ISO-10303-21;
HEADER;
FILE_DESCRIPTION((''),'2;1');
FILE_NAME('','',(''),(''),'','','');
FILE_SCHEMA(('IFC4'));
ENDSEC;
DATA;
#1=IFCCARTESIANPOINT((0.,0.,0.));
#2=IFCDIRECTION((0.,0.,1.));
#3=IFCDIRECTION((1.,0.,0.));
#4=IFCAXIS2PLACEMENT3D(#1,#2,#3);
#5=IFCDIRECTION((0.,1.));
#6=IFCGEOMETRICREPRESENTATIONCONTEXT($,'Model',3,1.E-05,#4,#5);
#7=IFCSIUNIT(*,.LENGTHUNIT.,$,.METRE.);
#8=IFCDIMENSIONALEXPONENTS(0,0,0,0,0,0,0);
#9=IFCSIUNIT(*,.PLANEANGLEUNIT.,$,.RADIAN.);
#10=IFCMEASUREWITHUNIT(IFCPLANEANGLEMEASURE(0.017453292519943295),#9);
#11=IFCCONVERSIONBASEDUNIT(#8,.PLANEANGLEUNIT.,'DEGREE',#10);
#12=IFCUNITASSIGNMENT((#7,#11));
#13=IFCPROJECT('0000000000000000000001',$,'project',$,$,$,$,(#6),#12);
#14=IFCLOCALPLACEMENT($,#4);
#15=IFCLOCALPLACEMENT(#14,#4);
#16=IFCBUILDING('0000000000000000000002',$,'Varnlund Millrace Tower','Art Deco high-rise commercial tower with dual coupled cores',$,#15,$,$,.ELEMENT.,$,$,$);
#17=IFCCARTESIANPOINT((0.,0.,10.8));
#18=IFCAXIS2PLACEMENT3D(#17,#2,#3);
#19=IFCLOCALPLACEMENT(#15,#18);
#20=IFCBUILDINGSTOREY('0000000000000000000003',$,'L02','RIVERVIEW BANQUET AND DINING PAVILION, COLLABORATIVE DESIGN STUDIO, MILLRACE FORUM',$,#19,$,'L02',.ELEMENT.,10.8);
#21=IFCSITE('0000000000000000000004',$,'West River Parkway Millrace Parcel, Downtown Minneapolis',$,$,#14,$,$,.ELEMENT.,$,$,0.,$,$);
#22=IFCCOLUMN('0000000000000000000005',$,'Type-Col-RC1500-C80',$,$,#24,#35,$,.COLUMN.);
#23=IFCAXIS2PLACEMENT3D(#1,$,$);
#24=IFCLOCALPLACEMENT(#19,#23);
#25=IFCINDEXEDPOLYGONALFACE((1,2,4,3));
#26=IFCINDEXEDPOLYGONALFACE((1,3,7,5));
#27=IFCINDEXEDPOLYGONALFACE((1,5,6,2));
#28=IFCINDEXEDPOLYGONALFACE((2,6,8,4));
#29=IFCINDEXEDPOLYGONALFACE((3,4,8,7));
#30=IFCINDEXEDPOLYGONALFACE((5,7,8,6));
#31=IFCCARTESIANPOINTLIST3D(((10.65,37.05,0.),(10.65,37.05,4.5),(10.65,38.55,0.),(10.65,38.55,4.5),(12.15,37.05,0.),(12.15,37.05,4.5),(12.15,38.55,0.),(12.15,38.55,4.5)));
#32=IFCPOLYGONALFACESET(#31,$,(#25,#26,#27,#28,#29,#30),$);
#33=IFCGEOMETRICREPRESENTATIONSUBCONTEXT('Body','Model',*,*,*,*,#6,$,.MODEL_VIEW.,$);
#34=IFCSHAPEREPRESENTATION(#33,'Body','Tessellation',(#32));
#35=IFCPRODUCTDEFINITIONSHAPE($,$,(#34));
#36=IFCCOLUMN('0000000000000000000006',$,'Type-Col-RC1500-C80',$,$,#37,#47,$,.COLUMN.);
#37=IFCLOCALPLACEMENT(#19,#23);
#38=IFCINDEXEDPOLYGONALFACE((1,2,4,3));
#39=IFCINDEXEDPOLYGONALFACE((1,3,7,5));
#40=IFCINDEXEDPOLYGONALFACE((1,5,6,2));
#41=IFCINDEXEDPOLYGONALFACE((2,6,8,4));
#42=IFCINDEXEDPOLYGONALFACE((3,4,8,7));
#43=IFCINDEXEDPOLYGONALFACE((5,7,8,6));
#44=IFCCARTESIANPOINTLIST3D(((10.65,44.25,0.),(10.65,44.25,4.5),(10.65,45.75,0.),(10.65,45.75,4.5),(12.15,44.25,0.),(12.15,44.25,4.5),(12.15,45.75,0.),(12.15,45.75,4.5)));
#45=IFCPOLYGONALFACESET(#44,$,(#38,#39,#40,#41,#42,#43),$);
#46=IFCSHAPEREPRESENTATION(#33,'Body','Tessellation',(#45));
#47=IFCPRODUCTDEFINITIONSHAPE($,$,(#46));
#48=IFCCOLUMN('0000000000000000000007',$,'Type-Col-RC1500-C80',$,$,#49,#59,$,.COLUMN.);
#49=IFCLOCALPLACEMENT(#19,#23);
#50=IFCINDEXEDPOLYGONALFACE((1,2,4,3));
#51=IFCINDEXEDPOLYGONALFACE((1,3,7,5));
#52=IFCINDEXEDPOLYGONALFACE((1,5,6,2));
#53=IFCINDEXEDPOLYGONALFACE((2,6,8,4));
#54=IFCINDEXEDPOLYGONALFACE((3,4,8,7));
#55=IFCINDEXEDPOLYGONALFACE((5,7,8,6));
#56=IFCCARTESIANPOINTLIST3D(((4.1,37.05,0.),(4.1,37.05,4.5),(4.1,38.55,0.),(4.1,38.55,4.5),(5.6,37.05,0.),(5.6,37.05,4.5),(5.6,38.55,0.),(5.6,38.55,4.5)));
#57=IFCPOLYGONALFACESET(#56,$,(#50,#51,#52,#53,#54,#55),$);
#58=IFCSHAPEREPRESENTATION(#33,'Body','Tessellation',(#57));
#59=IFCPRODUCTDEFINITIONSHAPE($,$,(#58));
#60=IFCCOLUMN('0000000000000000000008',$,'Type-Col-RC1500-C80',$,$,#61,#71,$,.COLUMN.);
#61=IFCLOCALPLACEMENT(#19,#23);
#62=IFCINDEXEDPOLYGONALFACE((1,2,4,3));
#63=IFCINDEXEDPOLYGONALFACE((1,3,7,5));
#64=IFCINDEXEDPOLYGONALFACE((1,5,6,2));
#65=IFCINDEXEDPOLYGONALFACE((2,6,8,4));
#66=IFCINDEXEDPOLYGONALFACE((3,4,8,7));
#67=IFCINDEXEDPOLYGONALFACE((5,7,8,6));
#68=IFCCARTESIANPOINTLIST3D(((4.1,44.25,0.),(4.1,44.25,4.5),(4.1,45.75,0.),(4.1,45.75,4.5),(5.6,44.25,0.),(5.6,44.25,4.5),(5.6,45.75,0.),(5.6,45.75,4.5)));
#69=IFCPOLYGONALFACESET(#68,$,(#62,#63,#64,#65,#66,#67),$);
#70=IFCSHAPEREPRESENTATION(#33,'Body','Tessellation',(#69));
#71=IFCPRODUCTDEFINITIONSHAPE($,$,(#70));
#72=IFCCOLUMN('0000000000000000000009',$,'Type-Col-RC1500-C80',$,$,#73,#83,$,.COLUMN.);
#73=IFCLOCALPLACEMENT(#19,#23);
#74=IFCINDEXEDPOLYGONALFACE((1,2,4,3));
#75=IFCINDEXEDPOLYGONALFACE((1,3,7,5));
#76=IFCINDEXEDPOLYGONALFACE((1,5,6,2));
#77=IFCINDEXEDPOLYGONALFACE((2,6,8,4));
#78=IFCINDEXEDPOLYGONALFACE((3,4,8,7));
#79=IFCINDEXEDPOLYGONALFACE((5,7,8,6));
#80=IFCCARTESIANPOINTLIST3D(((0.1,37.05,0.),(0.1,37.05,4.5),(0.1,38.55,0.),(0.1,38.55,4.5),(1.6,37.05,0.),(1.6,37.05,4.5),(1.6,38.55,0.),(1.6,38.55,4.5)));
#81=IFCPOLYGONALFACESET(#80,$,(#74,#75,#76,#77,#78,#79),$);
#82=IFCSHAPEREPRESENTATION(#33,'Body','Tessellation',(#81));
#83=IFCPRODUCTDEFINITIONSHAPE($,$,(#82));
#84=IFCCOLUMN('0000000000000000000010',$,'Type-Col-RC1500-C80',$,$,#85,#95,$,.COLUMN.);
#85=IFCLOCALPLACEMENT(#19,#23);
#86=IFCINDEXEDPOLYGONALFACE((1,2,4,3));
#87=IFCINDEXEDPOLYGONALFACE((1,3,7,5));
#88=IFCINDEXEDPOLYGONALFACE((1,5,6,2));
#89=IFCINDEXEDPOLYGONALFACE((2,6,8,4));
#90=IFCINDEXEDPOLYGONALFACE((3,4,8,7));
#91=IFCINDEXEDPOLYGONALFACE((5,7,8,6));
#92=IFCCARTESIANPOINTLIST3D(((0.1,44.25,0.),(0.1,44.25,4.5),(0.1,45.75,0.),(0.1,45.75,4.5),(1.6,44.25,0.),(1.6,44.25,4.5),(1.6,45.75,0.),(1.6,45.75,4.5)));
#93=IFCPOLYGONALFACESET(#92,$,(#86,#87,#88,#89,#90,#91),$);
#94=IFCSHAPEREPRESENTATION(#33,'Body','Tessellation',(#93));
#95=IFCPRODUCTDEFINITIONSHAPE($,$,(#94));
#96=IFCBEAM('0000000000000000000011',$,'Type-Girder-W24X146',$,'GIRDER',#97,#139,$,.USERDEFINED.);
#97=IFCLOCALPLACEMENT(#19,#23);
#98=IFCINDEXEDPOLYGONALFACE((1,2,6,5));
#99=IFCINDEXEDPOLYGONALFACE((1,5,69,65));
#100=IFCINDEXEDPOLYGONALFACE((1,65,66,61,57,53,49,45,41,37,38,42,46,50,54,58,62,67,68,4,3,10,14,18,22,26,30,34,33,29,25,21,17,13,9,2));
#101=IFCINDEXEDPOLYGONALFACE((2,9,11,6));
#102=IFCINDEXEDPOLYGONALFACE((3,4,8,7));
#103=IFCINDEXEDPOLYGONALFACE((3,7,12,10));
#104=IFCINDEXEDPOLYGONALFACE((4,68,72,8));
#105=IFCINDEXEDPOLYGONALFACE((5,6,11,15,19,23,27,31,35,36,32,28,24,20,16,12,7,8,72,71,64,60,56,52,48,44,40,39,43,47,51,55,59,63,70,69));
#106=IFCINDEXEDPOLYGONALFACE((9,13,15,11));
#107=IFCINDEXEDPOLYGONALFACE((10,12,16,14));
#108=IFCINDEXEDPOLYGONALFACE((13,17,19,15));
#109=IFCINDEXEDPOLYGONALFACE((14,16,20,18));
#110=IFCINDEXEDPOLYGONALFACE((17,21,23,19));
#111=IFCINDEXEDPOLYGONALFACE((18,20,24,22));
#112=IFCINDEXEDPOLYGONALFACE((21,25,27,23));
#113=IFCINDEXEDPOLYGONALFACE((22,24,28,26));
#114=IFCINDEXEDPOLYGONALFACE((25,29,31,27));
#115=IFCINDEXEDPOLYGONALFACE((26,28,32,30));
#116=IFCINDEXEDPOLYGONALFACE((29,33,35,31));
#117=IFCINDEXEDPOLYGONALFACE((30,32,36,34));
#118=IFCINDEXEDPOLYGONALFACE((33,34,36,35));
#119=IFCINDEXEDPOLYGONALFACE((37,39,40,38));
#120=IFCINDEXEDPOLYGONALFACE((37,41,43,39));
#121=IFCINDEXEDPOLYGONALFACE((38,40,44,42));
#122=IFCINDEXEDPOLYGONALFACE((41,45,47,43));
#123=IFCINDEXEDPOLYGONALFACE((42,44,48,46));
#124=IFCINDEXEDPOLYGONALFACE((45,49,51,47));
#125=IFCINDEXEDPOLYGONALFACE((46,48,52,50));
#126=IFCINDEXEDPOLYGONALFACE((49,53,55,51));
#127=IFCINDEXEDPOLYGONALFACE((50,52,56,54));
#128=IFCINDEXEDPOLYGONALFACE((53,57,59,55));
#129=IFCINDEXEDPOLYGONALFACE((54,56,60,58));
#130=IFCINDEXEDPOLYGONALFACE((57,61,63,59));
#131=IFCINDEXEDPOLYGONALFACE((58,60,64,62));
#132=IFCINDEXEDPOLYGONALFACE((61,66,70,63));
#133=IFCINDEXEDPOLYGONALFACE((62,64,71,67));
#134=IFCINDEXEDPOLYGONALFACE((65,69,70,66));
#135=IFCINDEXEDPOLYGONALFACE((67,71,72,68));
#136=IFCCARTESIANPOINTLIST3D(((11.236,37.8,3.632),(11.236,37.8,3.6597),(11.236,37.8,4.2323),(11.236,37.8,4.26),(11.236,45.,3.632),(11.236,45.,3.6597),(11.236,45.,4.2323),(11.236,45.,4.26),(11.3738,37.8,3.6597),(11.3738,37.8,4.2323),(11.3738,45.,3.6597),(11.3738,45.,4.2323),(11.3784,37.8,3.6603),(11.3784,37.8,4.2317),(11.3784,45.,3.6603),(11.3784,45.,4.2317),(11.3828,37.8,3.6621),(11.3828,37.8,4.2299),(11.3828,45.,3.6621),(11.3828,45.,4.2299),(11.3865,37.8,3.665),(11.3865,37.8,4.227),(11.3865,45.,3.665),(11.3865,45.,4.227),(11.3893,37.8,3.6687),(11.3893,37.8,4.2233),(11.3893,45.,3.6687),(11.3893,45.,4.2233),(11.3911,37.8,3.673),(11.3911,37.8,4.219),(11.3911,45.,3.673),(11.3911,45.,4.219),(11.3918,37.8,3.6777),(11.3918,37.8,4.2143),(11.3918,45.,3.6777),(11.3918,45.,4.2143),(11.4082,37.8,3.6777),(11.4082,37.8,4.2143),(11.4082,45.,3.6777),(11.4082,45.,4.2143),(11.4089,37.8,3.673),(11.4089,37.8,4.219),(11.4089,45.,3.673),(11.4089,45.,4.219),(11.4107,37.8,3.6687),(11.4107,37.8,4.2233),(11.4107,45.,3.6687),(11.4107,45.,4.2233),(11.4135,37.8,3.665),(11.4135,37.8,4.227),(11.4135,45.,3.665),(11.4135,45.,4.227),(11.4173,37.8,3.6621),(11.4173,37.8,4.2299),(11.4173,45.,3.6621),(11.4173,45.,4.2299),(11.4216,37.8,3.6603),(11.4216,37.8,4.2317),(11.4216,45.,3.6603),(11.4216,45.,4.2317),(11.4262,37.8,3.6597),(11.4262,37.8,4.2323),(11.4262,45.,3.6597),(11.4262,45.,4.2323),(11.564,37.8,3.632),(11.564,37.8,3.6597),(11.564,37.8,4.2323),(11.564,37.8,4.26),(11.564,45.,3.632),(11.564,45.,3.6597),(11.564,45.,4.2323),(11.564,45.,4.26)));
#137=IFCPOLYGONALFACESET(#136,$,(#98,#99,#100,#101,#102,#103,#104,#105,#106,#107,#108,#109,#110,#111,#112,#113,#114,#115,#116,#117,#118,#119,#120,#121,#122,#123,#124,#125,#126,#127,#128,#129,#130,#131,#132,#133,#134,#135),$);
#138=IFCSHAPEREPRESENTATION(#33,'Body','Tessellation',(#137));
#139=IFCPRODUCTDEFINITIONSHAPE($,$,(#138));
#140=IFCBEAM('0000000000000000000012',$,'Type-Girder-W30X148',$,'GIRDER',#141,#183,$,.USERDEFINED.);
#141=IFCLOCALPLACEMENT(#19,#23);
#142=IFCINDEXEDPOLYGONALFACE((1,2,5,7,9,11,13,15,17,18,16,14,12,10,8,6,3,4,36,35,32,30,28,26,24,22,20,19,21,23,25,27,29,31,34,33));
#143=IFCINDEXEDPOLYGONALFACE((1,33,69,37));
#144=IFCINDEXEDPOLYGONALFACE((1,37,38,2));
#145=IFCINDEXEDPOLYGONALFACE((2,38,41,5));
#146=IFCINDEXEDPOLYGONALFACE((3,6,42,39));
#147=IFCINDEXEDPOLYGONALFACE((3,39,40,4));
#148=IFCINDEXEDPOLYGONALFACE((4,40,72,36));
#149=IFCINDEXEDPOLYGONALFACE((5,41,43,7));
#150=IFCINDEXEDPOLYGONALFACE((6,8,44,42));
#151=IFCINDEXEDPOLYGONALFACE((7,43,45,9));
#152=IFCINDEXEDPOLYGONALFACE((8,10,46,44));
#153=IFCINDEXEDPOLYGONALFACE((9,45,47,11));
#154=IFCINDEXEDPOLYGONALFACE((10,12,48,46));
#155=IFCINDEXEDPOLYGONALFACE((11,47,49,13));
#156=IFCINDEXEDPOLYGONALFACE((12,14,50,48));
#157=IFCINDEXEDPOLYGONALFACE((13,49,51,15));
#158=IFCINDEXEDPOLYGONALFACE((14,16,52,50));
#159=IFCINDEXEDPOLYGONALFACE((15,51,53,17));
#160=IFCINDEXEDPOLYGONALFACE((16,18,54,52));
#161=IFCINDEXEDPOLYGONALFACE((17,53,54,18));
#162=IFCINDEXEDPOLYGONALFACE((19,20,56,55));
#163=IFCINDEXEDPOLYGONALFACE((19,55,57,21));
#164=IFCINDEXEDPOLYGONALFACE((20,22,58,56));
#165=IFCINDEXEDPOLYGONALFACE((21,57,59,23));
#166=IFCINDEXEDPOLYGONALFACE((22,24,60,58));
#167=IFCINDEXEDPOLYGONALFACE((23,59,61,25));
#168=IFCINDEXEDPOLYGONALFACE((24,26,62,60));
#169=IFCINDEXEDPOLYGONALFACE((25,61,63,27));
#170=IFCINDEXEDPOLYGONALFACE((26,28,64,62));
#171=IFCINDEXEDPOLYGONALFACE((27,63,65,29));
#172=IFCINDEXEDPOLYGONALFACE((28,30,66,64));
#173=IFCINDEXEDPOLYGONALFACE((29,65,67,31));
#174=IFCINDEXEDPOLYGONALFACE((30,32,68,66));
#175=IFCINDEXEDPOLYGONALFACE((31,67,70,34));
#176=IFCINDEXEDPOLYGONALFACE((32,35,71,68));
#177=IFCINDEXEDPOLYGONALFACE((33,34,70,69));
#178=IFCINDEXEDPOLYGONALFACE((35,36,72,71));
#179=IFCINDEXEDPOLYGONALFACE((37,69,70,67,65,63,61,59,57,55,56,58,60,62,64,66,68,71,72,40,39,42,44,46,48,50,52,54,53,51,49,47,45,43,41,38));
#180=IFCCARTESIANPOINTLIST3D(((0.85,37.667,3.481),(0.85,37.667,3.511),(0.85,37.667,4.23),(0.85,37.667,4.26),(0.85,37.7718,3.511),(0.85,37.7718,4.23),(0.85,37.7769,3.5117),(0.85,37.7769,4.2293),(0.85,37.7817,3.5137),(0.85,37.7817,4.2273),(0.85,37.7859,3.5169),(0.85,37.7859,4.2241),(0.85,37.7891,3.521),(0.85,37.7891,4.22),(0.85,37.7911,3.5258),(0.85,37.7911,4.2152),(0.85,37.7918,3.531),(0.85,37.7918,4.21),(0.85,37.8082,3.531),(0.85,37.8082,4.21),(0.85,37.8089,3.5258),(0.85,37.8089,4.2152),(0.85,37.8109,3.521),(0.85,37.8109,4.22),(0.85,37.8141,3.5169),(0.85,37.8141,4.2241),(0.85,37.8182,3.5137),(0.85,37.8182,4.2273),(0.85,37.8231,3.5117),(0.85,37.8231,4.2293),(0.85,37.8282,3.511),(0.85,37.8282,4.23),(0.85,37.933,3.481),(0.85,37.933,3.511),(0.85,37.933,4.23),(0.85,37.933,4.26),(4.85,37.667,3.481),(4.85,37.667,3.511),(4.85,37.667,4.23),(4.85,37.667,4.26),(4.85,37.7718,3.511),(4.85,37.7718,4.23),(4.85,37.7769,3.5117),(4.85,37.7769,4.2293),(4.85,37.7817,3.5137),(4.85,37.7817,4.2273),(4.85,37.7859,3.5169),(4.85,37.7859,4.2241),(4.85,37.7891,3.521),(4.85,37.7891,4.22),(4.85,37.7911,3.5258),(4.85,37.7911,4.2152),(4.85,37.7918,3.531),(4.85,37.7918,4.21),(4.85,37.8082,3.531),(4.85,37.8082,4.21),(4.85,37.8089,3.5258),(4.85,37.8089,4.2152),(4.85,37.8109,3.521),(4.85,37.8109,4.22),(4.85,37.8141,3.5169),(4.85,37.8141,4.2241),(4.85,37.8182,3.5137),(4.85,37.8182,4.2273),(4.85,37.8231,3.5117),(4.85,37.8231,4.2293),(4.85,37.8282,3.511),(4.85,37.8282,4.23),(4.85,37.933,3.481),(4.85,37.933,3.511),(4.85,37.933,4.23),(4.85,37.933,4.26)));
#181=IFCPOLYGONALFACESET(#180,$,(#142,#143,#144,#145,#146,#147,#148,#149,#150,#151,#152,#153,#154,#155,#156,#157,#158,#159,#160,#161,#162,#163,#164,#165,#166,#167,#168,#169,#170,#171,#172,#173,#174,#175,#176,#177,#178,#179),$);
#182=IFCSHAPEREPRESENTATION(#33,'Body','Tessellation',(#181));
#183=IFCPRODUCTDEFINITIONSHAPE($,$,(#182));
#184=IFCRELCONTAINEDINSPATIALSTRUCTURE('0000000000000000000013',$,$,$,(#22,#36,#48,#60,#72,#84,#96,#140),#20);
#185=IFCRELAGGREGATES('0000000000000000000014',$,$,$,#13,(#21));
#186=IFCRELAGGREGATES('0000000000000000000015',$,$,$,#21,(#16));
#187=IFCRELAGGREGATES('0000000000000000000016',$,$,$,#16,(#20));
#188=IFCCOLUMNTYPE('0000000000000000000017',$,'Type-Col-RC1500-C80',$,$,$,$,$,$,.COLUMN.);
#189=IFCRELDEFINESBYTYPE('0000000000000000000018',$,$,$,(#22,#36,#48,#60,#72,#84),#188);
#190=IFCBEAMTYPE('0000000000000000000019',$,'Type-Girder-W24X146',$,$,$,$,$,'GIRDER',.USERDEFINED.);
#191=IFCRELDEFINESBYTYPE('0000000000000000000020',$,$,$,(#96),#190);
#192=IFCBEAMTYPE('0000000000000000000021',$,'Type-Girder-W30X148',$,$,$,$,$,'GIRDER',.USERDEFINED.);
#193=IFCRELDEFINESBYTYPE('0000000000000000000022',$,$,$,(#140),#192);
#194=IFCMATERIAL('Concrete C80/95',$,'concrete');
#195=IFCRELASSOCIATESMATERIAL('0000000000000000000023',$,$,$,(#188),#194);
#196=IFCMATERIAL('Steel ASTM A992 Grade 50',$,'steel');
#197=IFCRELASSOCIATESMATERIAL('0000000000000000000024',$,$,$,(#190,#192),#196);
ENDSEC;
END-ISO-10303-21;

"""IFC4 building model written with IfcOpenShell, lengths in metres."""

from ifc_helpers import new_model, entity, si_unit, converted_unit, direction, frame, origin_with_axes, origin_2d_with_axis, place, context, subcontext, project, spatial, rectangle, i_section, extrude, material, material_profile, profile_set, type_object, element, save


model = new_model("IFC4")

# Units and contexts
model_context = context("Model", 3, precision=1e-05, world=origin_with_axes(), true_north=direction((0.0, 1.0)))
body_context = subcontext(model_context, "Body", "Model", "MODEL_VIEW")
ifc_project = project(units=[si_unit("LENGTHUNIT", "METRE"), converted_unit("PLANEANGLEUNIT", "DEGREE", entity("IfcPlaneAngleMeasure", 0.017453292519943295), si_unit("PLANEANGLEUNIT", "RADIAN"), dimensions=[0, 0, 0, 0, 0, 0, 0])], contexts=[model_context])

# Site, building, storey
site_placement = place(None, origin_with_axes())
site = spatial("IfcSite", under=ifc_project, at=site_placement, Name="West River Parkway Millrace Parcel, Downtown Minneapolis", CompositionType="ELEMENT", RefElevation=0.0)
building_placement = place(site_placement, origin_with_axes())
building = spatial("IfcBuilding", under=site, at=building_placement, Name="Varnlund Millrace Tower", Description="Art Deco high-rise commercial tower with dual coupled cores", CompositionType="ELEMENT")
storey_placement = place(building_placement, frame((0.0, 0.0, 10.8), z_axis=(0.0, 0.0, 1.0), x_axis=(1.0, 0.0, 0.0)))
storey = spatial("IfcBuildingStorey", under=building, at=storey_placement, Name="L02", Description="RIVERVIEW BANQUET AND DINING PAVILION, COLLABORATIVE DESIGN STUDIO, MILLRACE FORUM", LongName="L02", CompositionType="ELEMENT", Elevation=10.8)

# Columns
ifc_material_1 = material(Name="Concrete C80/95", Category="concrete")
ifc_material_profile_1 = material_profile(ifc_material_1, rectangle(XDim=1.5, YDim=1.5, at=origin_2d_with_axis()), Name="Concrete C80/95")
ifc_profile_set_1 = profile_set([ifc_material_profile_1], Name="Concrete C80/95")
column_type = type_object("IfcColumnType", Name="Type-Col-RC1500-C80", PredefinedType="COLUMN", material=ifc_profile_set_1)
for number, where, z_axis, x_axis, name in (
    (1, (11.4, 37.8, 0.0), (0.0, 0.0, 1.0), (1.0, 0.0, 0.0), "Type-Col-RC1500-C80"),
    (2, (11.4, 45.0, 0.0), (0.0, 0.0, 1.0), (1.0, 0.0, 0.0), "Type-Col-RC1500-C80"),
    (3, (4.85, 37.8, 0.0), (0.0, 0.0, 1.0), (1.0, 0.0, 0.0), "Type-Col-RC1500-C80"),
    (4, (4.85, 45.0, 0.0), (0.0, 0.0, 1.0), (1.0, 0.0, 0.0), "Type-Col-RC1500-C80"),
    (5, (0.85, 37.8, 0.0), (0.0, 0.0, 1.0), (1.0, 0.0, 0.0), "Type-Col-RC1500-C80"),
    (6, (0.85, 45.0, 0.0), (0.0, 0.0, 1.0), (1.0, 0.0, 0.0), "Type-Col-RC1500-C80"),
):
    element("IfcColumn", number, at=place(storey_placement, frame(where, z_axis=z_axis, x_axis=x_axis)), inside=storey, type_object=column_type, Name=name, PredefinedType="COLUMN", context=body_context, shape_type="SweptSolid", body=[
        extrude(rectangle(XDim=1.5, YDim=1.5, at=origin_2d_with_axis()), origin_with_axes(), (0.0, 0.0, 1.0), 4.5),
    ])

# Beams
ifc_material_2 = material(Name="Steel ASTM A992 Grade 50", Category="steel")
ifc_material_profile_2 = material_profile(ifc_material_2, i_section(OverallWidth=0.328, OverallDepth=0.628, WebThickness=0.0165, FlangeThickness=0.0277, FilletRadius=0.018, at=origin_2d_with_axis()), Name="Steel ASTM A992 Grade 50")
ifc_profile_set_2 = profile_set([ifc_material_profile_2], Name="Steel ASTM A992 Grade 50")
beam_type_1 = type_object("IfcBeamType", Name="Type-Girder-W24X146", ElementType="GIRDER", PredefinedType="USERDEFINED", material=ifc_profile_set_2)
beam_1_placement = place(storey_placement, frame((11.4, 37.8, 3.946), z_axis=(0.0, 1.0, 0.0), x_axis=(-1.0, 0.0, 0.0)))
element("IfcBeam", 7, at=beam_1_placement, inside=storey, type_object=beam_type_1, Name="Type-Girder-W24X146", ObjectType="GIRDER", PredefinedType="USERDEFINED", context=body_context, shape_type="SweptSolid", body=[
    extrude(i_section(OverallWidth=0.328, OverallDepth=0.628, WebThickness=0.0165, FlangeThickness=0.0277, FilletRadius=0.018, at=origin_2d_with_axis()), origin_with_axes(), (0.0, 0.0, 1.0), 7.2),
])
ifc_material_profile_3 = material_profile(ifc_material_2, i_section(OverallWidth=0.266, OverallDepth=0.779, WebThickness=0.0165, FlangeThickness=0.03, FilletRadius=0.02, at=origin_2d_with_axis()), Name="Steel ASTM A992 Grade 50")
ifc_profile_set_3 = profile_set([ifc_material_profile_3], Name="Steel ASTM A992 Grade 50")
beam_type_2 = type_object("IfcBeamType", Name="Type-Girder-W30X148", ElementType="GIRDER", PredefinedType="USERDEFINED", material=ifc_profile_set_3)
beam_2_placement = place(storey_placement, frame((0.85, 37.8, 3.8705), z_axis=(1.0, 0.0, 0.0), x_axis=(0.0, 1.0, 0.0)))
element("IfcBeam", 8, at=beam_2_placement, inside=storey, type_object=beam_type_2, Name="Type-Girder-W30X148", ObjectType="GIRDER", PredefinedType="USERDEFINED", context=body_context, shape_type="SweptSolid", body=[
    extrude(i_section(OverallWidth=0.266, OverallDepth=0.779, WebThickness=0.0165, FlangeThickness=0.03, FilletRadius=0.02, at=origin_2d_with_axis()), origin_with_axes(), (0.0, 0.0, 1.0), 4.0),
])

save(model, "model.ifc")
